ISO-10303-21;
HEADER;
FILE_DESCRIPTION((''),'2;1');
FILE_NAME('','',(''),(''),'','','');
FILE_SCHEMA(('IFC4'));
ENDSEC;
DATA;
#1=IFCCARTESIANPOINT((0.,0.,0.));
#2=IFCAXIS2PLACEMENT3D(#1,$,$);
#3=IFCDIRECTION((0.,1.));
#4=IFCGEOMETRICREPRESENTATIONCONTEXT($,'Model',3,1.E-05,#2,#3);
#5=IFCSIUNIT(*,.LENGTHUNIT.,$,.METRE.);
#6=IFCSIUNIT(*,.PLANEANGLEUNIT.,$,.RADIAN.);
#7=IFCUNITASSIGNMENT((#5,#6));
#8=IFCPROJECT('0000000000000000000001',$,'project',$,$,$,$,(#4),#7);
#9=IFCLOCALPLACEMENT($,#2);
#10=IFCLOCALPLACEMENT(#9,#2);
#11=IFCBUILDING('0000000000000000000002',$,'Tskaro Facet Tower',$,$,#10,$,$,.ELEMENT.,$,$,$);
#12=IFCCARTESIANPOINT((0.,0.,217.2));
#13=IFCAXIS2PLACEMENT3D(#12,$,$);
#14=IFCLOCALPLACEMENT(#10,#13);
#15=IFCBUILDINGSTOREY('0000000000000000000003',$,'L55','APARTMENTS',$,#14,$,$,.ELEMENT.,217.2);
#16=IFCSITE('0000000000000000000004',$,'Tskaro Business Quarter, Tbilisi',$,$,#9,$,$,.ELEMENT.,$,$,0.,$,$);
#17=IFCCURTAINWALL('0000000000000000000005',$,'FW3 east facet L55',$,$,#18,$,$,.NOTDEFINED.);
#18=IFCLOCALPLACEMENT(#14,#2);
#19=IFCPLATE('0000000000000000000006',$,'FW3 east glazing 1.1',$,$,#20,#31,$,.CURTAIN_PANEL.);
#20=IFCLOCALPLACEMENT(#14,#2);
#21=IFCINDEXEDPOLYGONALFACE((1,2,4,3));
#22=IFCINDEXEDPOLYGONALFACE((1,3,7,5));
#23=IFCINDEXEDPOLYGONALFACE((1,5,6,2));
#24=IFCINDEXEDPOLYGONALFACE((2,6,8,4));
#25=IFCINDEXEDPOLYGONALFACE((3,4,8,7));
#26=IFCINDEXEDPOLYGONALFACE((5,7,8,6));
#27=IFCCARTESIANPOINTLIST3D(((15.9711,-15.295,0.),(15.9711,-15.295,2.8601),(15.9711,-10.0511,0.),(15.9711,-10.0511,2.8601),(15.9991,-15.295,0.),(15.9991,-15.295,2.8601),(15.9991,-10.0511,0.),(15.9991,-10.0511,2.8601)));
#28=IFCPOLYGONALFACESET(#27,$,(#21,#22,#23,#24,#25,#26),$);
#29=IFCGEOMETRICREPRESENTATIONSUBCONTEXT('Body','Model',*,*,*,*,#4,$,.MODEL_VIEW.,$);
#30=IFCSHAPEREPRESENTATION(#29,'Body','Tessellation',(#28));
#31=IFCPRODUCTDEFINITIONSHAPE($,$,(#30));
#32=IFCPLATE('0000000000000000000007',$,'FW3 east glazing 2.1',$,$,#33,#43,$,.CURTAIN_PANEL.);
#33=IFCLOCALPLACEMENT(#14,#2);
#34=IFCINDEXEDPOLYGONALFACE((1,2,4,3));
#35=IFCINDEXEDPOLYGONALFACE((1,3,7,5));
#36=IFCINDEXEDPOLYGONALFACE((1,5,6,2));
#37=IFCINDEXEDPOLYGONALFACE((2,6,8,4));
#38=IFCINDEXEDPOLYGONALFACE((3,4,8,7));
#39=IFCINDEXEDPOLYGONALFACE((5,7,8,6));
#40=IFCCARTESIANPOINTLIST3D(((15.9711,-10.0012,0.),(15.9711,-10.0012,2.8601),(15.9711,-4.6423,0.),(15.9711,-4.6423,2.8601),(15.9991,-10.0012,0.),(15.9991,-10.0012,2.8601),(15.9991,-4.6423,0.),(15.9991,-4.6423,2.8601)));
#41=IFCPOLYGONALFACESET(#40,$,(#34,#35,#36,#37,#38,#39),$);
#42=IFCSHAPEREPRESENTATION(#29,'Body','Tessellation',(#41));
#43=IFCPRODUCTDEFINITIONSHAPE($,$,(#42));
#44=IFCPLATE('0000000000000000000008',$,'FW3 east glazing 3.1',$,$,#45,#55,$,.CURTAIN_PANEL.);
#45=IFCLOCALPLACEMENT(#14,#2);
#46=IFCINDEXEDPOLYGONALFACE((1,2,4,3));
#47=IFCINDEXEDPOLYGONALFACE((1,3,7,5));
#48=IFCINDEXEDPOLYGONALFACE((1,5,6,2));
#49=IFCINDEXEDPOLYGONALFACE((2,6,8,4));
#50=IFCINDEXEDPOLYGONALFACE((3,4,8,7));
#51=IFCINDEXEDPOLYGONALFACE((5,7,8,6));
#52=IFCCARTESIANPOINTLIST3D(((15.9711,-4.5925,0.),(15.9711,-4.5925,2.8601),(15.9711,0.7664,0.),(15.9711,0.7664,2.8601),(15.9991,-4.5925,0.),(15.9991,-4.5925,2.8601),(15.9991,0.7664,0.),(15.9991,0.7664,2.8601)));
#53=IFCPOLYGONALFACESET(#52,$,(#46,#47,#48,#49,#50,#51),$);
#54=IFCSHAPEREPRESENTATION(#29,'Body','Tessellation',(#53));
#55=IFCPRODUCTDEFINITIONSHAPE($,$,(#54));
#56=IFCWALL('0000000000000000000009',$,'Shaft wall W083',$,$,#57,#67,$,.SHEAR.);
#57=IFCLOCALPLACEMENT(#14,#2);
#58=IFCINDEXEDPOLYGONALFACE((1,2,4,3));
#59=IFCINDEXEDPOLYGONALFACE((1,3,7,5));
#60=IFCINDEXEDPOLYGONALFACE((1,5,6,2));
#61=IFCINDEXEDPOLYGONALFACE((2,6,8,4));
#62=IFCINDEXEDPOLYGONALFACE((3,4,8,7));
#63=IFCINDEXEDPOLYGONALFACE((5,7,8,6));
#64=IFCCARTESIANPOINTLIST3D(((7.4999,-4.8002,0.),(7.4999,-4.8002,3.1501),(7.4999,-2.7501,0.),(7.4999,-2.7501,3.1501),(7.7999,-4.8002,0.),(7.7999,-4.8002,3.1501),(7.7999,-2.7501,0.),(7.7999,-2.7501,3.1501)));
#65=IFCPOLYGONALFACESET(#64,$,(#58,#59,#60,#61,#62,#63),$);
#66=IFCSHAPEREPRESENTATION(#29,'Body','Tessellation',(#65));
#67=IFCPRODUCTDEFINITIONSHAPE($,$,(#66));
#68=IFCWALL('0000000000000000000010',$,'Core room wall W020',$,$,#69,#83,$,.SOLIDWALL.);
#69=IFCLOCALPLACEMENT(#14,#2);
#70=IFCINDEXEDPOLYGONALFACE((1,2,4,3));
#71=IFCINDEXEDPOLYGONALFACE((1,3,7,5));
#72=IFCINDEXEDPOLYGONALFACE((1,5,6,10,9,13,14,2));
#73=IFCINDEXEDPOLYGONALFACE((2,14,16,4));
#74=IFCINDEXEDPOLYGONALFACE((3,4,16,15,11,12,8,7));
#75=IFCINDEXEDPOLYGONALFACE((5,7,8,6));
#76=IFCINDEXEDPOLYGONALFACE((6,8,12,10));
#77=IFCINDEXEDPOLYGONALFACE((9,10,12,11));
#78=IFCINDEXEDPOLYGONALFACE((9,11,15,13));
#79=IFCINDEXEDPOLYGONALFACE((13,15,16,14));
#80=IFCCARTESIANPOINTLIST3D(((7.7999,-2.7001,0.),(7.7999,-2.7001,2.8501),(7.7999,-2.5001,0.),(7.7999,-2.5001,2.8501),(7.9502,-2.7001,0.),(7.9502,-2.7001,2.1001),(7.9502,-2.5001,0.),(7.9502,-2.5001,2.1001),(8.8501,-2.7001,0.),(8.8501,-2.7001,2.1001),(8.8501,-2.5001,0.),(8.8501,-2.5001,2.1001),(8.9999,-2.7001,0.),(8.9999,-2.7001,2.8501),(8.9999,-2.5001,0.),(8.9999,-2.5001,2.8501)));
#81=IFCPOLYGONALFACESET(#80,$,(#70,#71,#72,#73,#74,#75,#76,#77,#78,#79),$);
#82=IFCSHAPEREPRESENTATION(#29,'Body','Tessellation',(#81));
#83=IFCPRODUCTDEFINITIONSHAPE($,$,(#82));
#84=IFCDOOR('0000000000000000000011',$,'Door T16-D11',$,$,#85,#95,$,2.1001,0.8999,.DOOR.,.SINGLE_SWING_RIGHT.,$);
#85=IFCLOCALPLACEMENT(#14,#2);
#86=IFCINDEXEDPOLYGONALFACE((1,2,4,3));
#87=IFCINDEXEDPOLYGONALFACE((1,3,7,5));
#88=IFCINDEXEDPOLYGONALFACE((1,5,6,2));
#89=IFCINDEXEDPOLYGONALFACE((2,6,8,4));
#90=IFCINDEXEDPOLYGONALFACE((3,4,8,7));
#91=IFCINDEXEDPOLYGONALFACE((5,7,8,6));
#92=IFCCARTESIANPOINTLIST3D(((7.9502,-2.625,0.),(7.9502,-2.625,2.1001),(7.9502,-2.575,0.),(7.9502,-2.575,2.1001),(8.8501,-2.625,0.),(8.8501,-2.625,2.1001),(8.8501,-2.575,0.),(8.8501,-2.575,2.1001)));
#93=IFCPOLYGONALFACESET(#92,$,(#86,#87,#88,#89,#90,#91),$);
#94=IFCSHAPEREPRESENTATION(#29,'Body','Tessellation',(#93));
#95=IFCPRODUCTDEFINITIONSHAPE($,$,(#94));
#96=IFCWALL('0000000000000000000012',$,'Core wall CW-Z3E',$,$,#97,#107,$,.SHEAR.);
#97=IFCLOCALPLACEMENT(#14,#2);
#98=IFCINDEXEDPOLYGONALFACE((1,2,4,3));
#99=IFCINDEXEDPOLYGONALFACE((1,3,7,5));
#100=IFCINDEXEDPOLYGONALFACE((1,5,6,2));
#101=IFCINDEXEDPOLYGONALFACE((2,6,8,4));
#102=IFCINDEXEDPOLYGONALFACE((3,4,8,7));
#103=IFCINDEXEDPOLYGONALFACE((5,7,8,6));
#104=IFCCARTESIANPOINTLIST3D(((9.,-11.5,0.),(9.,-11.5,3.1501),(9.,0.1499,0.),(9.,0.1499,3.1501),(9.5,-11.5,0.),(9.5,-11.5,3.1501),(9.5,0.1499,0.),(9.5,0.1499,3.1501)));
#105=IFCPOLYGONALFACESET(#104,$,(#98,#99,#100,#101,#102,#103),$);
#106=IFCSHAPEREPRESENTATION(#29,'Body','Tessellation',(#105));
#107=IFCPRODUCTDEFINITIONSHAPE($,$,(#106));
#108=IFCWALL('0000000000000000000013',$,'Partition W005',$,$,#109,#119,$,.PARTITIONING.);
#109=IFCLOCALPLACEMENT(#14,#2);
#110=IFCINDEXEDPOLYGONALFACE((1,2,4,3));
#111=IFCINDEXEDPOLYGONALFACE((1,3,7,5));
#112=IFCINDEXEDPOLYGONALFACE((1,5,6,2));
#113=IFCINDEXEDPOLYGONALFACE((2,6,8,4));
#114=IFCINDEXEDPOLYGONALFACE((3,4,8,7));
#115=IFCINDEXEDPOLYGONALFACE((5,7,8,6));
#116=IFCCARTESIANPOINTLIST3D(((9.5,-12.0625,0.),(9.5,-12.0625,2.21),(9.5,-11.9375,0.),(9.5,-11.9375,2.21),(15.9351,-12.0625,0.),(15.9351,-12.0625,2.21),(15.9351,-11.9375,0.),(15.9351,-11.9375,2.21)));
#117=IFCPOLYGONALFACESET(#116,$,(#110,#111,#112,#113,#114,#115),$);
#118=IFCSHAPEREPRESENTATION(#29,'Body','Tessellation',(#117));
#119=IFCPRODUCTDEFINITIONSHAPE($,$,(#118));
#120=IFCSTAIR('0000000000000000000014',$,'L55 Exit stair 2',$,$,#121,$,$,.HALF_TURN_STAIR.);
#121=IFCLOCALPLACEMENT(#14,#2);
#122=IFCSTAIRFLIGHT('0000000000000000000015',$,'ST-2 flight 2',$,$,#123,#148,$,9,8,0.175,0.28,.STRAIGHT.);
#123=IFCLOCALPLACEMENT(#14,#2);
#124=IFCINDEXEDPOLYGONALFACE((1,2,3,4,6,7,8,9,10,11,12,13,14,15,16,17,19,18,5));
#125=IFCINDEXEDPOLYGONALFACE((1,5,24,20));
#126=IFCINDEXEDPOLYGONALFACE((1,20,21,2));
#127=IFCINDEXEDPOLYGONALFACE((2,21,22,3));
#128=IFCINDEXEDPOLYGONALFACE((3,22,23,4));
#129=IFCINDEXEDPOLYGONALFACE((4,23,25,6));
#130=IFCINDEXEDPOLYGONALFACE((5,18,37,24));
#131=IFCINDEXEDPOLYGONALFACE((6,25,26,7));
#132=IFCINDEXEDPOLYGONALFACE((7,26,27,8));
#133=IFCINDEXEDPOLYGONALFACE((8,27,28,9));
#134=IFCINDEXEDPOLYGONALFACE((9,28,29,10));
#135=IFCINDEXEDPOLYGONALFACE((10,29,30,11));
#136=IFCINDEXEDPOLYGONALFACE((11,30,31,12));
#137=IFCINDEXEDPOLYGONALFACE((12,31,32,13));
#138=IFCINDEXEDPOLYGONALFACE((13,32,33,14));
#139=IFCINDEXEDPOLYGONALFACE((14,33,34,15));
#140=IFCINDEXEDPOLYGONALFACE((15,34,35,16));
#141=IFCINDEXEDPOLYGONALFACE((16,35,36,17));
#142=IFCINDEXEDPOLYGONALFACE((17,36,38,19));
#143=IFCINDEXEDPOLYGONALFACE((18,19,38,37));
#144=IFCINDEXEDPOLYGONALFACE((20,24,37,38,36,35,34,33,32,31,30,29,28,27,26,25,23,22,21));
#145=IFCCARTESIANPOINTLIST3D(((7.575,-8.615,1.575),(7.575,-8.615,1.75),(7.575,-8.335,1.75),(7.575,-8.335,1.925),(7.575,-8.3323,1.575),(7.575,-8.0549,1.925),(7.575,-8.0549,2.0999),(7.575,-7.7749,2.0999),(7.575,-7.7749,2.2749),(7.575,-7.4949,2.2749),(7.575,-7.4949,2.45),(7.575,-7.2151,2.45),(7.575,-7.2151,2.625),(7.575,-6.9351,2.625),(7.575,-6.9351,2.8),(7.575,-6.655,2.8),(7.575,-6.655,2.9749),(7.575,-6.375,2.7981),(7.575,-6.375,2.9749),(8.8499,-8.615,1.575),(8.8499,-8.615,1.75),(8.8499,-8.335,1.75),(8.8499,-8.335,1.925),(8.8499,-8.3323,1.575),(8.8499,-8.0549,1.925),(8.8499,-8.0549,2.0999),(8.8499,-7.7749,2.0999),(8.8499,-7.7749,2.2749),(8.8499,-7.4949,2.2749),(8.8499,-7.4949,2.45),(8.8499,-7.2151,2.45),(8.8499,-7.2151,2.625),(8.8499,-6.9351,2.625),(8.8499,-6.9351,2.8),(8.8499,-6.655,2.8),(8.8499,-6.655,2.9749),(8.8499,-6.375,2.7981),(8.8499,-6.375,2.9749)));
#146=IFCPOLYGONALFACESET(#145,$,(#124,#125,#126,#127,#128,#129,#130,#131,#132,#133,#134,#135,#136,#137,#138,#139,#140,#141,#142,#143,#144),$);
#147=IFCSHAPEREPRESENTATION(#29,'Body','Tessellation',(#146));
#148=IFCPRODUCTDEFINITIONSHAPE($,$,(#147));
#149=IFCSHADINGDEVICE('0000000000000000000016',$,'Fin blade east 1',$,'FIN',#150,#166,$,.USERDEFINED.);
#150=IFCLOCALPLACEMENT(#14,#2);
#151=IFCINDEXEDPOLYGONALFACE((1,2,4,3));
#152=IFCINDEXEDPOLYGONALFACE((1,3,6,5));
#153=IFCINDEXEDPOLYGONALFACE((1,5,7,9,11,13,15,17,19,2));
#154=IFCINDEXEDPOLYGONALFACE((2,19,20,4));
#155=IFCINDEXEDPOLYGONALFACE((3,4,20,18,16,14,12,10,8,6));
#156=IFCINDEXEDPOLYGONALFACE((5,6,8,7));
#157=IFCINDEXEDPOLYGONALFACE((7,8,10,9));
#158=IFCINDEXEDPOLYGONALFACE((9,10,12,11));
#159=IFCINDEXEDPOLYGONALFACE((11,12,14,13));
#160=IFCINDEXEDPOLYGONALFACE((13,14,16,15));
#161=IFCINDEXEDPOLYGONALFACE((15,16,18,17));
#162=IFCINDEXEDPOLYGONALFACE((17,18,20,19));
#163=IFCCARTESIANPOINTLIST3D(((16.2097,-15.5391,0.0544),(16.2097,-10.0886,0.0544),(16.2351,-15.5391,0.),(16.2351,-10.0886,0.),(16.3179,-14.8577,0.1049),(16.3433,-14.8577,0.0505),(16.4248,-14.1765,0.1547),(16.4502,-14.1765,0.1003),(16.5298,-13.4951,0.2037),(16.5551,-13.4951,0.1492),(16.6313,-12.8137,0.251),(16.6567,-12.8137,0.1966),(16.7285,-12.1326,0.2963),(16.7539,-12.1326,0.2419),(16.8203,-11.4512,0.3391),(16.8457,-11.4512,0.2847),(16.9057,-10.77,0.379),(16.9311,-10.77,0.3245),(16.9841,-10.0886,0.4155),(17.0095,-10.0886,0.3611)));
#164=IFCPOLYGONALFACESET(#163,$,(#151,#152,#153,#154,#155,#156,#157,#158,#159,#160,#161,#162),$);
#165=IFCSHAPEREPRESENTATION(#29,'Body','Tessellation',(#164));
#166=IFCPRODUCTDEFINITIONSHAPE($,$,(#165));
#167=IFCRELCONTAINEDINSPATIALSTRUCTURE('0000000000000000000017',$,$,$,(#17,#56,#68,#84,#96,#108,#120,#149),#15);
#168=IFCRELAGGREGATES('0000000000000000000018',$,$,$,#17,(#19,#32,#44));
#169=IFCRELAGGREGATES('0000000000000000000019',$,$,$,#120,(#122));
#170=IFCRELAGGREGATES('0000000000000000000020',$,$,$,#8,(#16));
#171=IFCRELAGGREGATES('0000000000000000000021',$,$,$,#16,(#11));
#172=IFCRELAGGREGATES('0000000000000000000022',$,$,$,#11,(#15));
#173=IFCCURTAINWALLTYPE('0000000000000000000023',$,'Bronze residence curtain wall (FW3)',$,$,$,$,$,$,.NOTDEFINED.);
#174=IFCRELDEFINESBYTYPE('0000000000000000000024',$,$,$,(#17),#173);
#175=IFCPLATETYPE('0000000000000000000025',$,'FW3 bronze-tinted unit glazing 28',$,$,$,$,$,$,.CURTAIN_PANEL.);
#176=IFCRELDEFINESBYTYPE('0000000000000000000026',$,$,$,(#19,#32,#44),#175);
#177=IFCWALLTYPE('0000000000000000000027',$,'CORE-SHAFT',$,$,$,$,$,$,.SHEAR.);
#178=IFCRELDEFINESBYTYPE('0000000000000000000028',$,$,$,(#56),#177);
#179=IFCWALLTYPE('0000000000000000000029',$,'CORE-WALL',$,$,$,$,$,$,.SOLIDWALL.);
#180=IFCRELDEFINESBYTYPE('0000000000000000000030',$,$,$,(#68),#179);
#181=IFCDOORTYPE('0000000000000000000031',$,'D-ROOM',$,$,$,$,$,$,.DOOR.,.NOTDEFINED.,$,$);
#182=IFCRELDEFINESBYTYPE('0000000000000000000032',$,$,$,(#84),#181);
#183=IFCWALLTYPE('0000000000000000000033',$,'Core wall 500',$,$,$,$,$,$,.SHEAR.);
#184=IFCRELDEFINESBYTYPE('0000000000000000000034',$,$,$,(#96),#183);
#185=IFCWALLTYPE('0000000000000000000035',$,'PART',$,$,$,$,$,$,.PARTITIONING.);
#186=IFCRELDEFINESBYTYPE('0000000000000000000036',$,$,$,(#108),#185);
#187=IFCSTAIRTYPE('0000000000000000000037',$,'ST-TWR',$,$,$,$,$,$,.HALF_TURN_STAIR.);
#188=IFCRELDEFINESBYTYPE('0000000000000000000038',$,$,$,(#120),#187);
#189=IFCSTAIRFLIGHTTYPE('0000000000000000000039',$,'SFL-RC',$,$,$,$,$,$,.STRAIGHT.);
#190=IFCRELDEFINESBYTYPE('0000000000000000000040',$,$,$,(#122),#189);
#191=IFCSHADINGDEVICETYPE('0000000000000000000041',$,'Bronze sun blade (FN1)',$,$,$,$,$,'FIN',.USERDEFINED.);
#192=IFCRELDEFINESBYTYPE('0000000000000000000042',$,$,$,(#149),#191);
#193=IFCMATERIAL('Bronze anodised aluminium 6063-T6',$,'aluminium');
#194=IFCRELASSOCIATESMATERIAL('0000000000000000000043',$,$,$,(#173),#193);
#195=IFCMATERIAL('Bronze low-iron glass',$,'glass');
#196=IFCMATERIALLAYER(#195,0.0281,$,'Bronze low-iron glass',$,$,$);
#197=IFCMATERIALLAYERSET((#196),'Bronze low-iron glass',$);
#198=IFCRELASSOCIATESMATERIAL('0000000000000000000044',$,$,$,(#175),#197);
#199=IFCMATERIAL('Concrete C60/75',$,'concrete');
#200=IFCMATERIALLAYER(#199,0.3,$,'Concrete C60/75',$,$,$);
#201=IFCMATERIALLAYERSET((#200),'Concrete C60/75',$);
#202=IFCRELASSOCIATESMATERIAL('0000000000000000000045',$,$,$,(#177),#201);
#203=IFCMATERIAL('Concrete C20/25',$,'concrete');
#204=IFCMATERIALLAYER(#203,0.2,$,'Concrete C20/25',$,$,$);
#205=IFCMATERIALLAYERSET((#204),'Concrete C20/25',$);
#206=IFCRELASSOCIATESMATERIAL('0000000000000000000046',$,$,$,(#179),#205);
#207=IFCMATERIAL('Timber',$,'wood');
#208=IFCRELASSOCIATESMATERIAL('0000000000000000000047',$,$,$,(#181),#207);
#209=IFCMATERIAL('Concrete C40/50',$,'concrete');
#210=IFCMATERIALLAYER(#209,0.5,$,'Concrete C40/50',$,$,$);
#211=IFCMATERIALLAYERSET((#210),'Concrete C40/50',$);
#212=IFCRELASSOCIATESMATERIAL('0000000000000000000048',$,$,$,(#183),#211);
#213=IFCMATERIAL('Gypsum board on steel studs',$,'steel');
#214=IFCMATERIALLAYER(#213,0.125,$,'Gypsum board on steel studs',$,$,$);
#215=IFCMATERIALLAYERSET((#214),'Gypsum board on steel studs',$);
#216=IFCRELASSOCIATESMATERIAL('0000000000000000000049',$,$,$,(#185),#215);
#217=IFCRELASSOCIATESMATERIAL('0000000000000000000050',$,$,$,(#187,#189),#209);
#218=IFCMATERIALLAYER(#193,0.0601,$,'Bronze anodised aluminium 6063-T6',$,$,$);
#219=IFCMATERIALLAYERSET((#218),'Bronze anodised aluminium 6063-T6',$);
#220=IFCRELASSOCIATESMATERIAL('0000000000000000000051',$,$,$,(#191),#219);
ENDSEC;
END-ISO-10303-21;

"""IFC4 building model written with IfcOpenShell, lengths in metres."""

from ifc_helpers import new_model, si_unit, direction, frame, frame_2d, origin, origin_2d, place, context, subcontext, project, spatial, polyline, rectangle, outline, extrude, material, layer, layer_set, type_object, element, fill, aggregate, save


model = new_model("IFC4")

# Units and contexts
model_context = context("Model", 3, precision=1e-05, world=origin(), true_north=direction((0.0, 1.0)))
body_context = subcontext(model_context, "Body", "Model", "MODEL_VIEW")
ifc_project = project(units=[si_unit("LENGTHUNIT", "METRE"), si_unit("PLANEANGLEUNIT", "RADIAN")], contexts=[model_context])

# Site, building, storey
site_placement = place(None, origin())
site = spatial("IfcSite", under=ifc_project, at=site_placement, Name="Tskaro Business Quarter, Tbilisi", CompositionType="ELEMENT", RefElevation=0.0)
building_placement = place(site_placement, origin())
building = spatial("IfcBuilding", under=site, at=building_placement, Name="Tskaro Facet Tower", CompositionType="ELEMENT")
storey_placement = place(building_placement, frame((0.0, 0.0, 217.2)))
storey = spatial("IfcBuildingStorey", under=building, at=storey_placement, Name="L55", Description="APARTMENTS", CompositionType="ELEMENT", Elevation=217.2)

# Shared definitions
ifc_material_1 = material(Name="Bronze anodised aluminium 6063-T6", Category="aluminium")
curtain_wall_type = type_object("IfcCurtainWallType", Name="Bronze residence curtain wall (FW3)", PredefinedType="NOTDEFINED", material=ifc_material_1)

# Curtain wall
curtain_wall_1_placement = place(storey_placement, origin())
curtain_wall_1 = element("IfcCurtainWall", 1, at=curtain_wall_1_placement, inside=storey, type_object=curtain_wall_type, Name="FW3 east facet L55", PredefinedType="NOTDEFINED")

# Shared definitions
ifc_material_2 = material(Name="Bronze low-iron glass", Category="glass")
ifc_layer_1 = layer(ifc_material_2, 0.0281, Name="Bronze low-iron glass")
ifc_layer_set_1 = layer_set([ifc_layer_1], Name="Bronze low-iron glass")
plate_type = type_object("IfcPlateType", Name="FW3 bronze-tinted unit glazing 28", PredefinedType="CURTAIN_PANEL", material=ifc_layer_set_1)

# Plates
plate_1_placement = place(storey_placement, frame((15.9851, -12.6731, 0.0), z_axis=(0.0, 0.0, 1.0), x_axis=(0.0, 1.0, 0.0)))
plate_1 = element("IfcPlate", 2, at=plate_1_placement, type_object=plate_type, Name="FW3 east glazing 1.1", PredefinedType="CURTAIN_PANEL", context=body_context, shape_type="SweptSolid", body=[
    extrude(rectangle(XDim=5.2439, YDim=0.0281, at=origin_2d()), origin(), (0.0, 0.0, 1.0), 2.8601),
])
plate_2_placement = place(storey_placement, frame((15.9851, -7.3218, 0.0), z_axis=(0.0, 0.0, 1.0), x_axis=(0.0, 1.0, 0.0)))
plate_2 = element("IfcPlate", 3, at=plate_2_placement, type_object=plate_type, Name="FW3 east glazing 2.1", PredefinedType="CURTAIN_PANEL", context=body_context, shape_type="SweptSolid", body=[
    extrude(rectangle(XDim=5.3589, YDim=0.0281, at=origin_2d()), origin(), (0.0, 0.0, 1.0), 2.8601),
])
plate_3_placement = place(storey_placement, frame((15.9851, -1.9131, 0.0), z_axis=(0.0, 0.0, 1.0), x_axis=(0.0, 1.0, 0.0)))
plate_3 = element("IfcPlate", 4, at=plate_3_placement, type_object=plate_type, Name="FW3 east glazing 3.1", PredefinedType="CURTAIN_PANEL", context=body_context, shape_type="SweptSolid", body=[
    extrude(rectangle(XDim=5.3589, YDim=0.0281, at=origin_2d()), origin(), (0.0, 0.0, 1.0), 2.8601),
])
aggregate(curtain_wall_1, [plate_1, plate_2, plate_3])

# Wall
ifc_material_3 = material(Name="Concrete C60/75", Category="concrete")
ifc_layer_2 = layer(ifc_material_3, 0.3, Name="Concrete C60/75")
ifc_layer_set_2 = layer_set([ifc_layer_2], Name="Concrete C60/75")
wall_type_1 = type_object("IfcWallType", Name="CORE-SHAFT", PredefinedType="SHEAR", material=ifc_layer_set_2)
wall_1_placement = place(storey_placement, frame((7.6499, -4.8, 0.0), z_axis=(0.0, 0.0, 1.0), x_axis=(0.0, 1.0, 0.0)))
element("IfcWall", 5, at=wall_1_placement, inside=storey, type_object=wall_type_1, Name="Shaft wall W083", PredefinedType="SHEAR", context=body_context, shape_type="SweptSolid", body=[
    extrude(rectangle(XDim=2.05, YDim=0.3, at=frame_2d((1.0249, 0.0))), origin(), (0.0, 0.0, 1.0), 3.1501),
])

# Wall, opening, door
ifc_material_4 = material(Name="Concrete C20/25", Category="concrete")
ifc_layer_3 = layer(ifc_material_4, 0.2, Name="Concrete C20/25")
ifc_layer_set_3 = layer_set([ifc_layer_3], Name="Concrete C20/25")
wall_type_2 = type_object("IfcWallType", Name="CORE-WALL", PredefinedType="SOLIDWALL", material=ifc_layer_set_3)
wall_2_placement = place(storey_placement, frame((9.0, -2.6001, 0.0), z_axis=(0.0, 0.0, 1.0), x_axis=(-1.0, 0.0, 0.0)))
wall_2 = element("IfcWall", 6, at=wall_2_placement, inside=storey, type_object=wall_type_2, Name="Core room wall W020", PredefinedType="SOLIDWALL", context=body_context, shape_type="SweptSolid", body=[
    extrude(rectangle(XDim=1.2, YDim=0.2, at=frame_2d((0.6001, 0.0))), origin(), (0.0, 0.0, 1.0), 2.8501),
])
opening_placement = place(wall_2_placement, frame((0.1499, 0.0, 0.0)))
opening = element("IfcOpeningElement", 7, at=opening_placement, cuts=wall_2, PredefinedType="OPENING", context=body_context, shape_type="SweptSolid", body=[
    extrude(rectangle(XDim=0.8999, YDim=2.1001, at=frame_2d((0.45, 1.05))), frame((0.0, 0.1099, 0.0), z_axis=(0.0, -1.0, 0.0), x_axis=(1.0, 0.0, 0.0)), (0.0, 0.0, 1.0), 0.22),
])
ifc_material_5 = material(Name="Timber", Category="wood")
door_type = type_object("IfcDoorType", Name="D-ROOM", OperationType="NOTDEFINED", PredefinedType="DOOR", material=ifc_material_5)
door_placement = place(opening_placement, origin())
door = element("IfcDoor", 8, at=door_placement, inside=storey, type_object=door_type, Name="Door T16-D11", OperationType="SINGLE_SWING_RIGHT", OverallHeight=2.1001, OverallWidth=0.8999, PredefinedType="DOOR", context=body_context, shape_type="SweptSolid", body=[
    extrude(rectangle(XDim=0.8999, YDim=2.1001, at=frame_2d((0.45, 1.05))), frame((0.0, 0.0249, 0.0), z_axis=(0.0, -1.0, 0.0), x_axis=(1.0, 0.0, 0.0)), (0.0, 0.0, 1.0), 0.05),
])
fill(opening, door)

# Walls
ifc_material_6 = material(Name="Concrete C40/50", Category="concrete")
ifc_layer_4 = layer(ifc_material_6, 0.5, Name="Concrete C40/50")
ifc_layer_set_4 = layer_set([ifc_layer_4], Name="Concrete C40/50")
wall_type_3 = type_object("IfcWallType", Name="Core wall 500", PredefinedType="SHEAR", material=ifc_layer_set_4)
wall_3_placement = place(storey_placement, frame((9.25, -11.5, 0.0), z_axis=(0.0, 0.0, 1.0), x_axis=(0.0, 1.0, 0.0)))
element("IfcWall", 9, at=wall_3_placement, inside=storey, type_object=wall_type_3, Name="Core wall CW-Z3E", PredefinedType="SHEAR", context=body_context, shape_type="SweptSolid", body=[
    extrude(rectangle(XDim=11.6499, YDim=0.5, at=frame_2d((5.825, 0.0))), origin(), (0.0, 0.0, 1.0), 3.1501),
])
ifc_material_7 = material(Name="Gypsum board on steel studs", Category="steel")
ifc_layer_5 = layer(ifc_material_7, 0.125, Name="Gypsum board on steel studs")
ifc_layer_set_5 = layer_set([ifc_layer_5], Name="Gypsum board on steel studs")
wall_type_4 = type_object("IfcWallType", Name="PART", PredefinedType="PARTITIONING", material=ifc_layer_set_5)
wall_4_placement = place(storey_placement, frame((9.5, -12.0, 0.0), z_axis=(0.0, 0.0, 1.0), x_axis=(1.0, 0.0, 0.0)))
element("IfcWall", 10, at=wall_4_placement, inside=storey, type_object=wall_type_4, Name="Partition W005", PredefinedType="PARTITIONING", context=body_context, shape_type="SweptSolid", body=[
    extrude(rectangle(XDim=6.4351, YDim=0.125, at=frame_2d((3.2175, 0.0))), origin(), (0.0, 0.0, 1.0), 2.21),
])

# Stair, stair flight
stair_type = type_object("IfcStairType", Name="ST-TWR", PredefinedType="HALF_TURN_STAIR", material=ifc_material_6)
stair_placement = place(storey_placement, origin())
stair = element("IfcStair", 11, at=stair_placement, inside=storey, type_object=stair_type, Name="L55 Exit stair 2", PredefinedType="HALF_TURN_STAIR")
stair_flight_type = type_object("IfcStairFlightType", Name="SFL-RC", PredefinedType="STRAIGHT", material=ifc_material_6)
stair_flight_placement = place(storey_placement, frame((8.2124, -8.615, 1.575), z_axis=(0.0, 0.0, 1.0), x_axis=(0.0, 1.0, 0.0)))
stair_flight = element("IfcStairFlight", 12, at=stair_flight_placement, type_object=stair_flight_type, Name="ST-2 flight 2", NumberOfRisers=9, NumberOfTreads=8, PredefinedType="STRAIGHT", RiserHeight=0.175, TreadLength=0.28, context=body_context, shape_type="SweptSolid", body=[
    extrude(outline(polyline([(0.0, 0.0), (0.0, 0.175), (0.28, 0.175), (0.28, 0.3501), (0.5601, 0.3501), (0.5601, 0.5249), (0.8401, 0.5249), (0.8401, 0.7), (1.1201, 0.7), (1.1201, 0.875), (1.3999, 0.875), (1.3999, 1.05), (1.6799, 1.05), (1.6799, 1.2251), (1.96, 1.2251), (1.96, 1.3999), (2.24, 1.3999), (2.24, 1.575), (2.24, 1.2231), (0.2827, 0.0), (0.0, 0.0)])), frame((0.0, 0.6375, 0.0), z_axis=(0.0, -1.0, 0.0), x_axis=(1.0, 0.0, 0.0)), (0.0, 0.0, 1.0), 1.2749),
])
aggregate(stair, [stair_flight])

# Shading device
ifc_layer_6 = layer(ifc_material_1, 0.0601, Name="Bronze anodised aluminium 6063-T6")
ifc_layer_set_6 = layer_set([ifc_layer_6], Name="Bronze anodised aluminium 6063-T6")
shading_device_type = type_object("IfcShadingDeviceType", Name="Bronze sun blade (FN1)", ElementType="FIN", PredefinedType="USERDEFINED", material=ifc_layer_set_6)
shading_device_1_placement = place(storey_placement, frame((16.2097, -15.5391, 0.0544), z_axis=(-0.422581, 0.0, 0.906325), x_axis=(0.0, 1.0, 0.0)))
element("IfcShadingDevice", 13, at=shading_device_1_placement, inside=storey, type_object=shading_device_type, Name="Fin blade east 1", ObjectType="FIN", PredefinedType="USERDEFINED", context=body_context, shape_type="SweptSolid", body=[
    extrude(outline(polyline([(0.0, 0.0), (5.4504, 0.0), (5.4504, -0.8545), (4.769, -0.768), (4.0879, -0.6737), (3.4065, -0.5724), (2.7253, -0.4652), (2.0439, -0.3531), (1.3625, -0.2373), (0.6814, -0.1194), (0.0, 0.0)])), origin(), (0.0, 0.0, -1.0), 0.0601),
])

save(model, "model.ifc")
